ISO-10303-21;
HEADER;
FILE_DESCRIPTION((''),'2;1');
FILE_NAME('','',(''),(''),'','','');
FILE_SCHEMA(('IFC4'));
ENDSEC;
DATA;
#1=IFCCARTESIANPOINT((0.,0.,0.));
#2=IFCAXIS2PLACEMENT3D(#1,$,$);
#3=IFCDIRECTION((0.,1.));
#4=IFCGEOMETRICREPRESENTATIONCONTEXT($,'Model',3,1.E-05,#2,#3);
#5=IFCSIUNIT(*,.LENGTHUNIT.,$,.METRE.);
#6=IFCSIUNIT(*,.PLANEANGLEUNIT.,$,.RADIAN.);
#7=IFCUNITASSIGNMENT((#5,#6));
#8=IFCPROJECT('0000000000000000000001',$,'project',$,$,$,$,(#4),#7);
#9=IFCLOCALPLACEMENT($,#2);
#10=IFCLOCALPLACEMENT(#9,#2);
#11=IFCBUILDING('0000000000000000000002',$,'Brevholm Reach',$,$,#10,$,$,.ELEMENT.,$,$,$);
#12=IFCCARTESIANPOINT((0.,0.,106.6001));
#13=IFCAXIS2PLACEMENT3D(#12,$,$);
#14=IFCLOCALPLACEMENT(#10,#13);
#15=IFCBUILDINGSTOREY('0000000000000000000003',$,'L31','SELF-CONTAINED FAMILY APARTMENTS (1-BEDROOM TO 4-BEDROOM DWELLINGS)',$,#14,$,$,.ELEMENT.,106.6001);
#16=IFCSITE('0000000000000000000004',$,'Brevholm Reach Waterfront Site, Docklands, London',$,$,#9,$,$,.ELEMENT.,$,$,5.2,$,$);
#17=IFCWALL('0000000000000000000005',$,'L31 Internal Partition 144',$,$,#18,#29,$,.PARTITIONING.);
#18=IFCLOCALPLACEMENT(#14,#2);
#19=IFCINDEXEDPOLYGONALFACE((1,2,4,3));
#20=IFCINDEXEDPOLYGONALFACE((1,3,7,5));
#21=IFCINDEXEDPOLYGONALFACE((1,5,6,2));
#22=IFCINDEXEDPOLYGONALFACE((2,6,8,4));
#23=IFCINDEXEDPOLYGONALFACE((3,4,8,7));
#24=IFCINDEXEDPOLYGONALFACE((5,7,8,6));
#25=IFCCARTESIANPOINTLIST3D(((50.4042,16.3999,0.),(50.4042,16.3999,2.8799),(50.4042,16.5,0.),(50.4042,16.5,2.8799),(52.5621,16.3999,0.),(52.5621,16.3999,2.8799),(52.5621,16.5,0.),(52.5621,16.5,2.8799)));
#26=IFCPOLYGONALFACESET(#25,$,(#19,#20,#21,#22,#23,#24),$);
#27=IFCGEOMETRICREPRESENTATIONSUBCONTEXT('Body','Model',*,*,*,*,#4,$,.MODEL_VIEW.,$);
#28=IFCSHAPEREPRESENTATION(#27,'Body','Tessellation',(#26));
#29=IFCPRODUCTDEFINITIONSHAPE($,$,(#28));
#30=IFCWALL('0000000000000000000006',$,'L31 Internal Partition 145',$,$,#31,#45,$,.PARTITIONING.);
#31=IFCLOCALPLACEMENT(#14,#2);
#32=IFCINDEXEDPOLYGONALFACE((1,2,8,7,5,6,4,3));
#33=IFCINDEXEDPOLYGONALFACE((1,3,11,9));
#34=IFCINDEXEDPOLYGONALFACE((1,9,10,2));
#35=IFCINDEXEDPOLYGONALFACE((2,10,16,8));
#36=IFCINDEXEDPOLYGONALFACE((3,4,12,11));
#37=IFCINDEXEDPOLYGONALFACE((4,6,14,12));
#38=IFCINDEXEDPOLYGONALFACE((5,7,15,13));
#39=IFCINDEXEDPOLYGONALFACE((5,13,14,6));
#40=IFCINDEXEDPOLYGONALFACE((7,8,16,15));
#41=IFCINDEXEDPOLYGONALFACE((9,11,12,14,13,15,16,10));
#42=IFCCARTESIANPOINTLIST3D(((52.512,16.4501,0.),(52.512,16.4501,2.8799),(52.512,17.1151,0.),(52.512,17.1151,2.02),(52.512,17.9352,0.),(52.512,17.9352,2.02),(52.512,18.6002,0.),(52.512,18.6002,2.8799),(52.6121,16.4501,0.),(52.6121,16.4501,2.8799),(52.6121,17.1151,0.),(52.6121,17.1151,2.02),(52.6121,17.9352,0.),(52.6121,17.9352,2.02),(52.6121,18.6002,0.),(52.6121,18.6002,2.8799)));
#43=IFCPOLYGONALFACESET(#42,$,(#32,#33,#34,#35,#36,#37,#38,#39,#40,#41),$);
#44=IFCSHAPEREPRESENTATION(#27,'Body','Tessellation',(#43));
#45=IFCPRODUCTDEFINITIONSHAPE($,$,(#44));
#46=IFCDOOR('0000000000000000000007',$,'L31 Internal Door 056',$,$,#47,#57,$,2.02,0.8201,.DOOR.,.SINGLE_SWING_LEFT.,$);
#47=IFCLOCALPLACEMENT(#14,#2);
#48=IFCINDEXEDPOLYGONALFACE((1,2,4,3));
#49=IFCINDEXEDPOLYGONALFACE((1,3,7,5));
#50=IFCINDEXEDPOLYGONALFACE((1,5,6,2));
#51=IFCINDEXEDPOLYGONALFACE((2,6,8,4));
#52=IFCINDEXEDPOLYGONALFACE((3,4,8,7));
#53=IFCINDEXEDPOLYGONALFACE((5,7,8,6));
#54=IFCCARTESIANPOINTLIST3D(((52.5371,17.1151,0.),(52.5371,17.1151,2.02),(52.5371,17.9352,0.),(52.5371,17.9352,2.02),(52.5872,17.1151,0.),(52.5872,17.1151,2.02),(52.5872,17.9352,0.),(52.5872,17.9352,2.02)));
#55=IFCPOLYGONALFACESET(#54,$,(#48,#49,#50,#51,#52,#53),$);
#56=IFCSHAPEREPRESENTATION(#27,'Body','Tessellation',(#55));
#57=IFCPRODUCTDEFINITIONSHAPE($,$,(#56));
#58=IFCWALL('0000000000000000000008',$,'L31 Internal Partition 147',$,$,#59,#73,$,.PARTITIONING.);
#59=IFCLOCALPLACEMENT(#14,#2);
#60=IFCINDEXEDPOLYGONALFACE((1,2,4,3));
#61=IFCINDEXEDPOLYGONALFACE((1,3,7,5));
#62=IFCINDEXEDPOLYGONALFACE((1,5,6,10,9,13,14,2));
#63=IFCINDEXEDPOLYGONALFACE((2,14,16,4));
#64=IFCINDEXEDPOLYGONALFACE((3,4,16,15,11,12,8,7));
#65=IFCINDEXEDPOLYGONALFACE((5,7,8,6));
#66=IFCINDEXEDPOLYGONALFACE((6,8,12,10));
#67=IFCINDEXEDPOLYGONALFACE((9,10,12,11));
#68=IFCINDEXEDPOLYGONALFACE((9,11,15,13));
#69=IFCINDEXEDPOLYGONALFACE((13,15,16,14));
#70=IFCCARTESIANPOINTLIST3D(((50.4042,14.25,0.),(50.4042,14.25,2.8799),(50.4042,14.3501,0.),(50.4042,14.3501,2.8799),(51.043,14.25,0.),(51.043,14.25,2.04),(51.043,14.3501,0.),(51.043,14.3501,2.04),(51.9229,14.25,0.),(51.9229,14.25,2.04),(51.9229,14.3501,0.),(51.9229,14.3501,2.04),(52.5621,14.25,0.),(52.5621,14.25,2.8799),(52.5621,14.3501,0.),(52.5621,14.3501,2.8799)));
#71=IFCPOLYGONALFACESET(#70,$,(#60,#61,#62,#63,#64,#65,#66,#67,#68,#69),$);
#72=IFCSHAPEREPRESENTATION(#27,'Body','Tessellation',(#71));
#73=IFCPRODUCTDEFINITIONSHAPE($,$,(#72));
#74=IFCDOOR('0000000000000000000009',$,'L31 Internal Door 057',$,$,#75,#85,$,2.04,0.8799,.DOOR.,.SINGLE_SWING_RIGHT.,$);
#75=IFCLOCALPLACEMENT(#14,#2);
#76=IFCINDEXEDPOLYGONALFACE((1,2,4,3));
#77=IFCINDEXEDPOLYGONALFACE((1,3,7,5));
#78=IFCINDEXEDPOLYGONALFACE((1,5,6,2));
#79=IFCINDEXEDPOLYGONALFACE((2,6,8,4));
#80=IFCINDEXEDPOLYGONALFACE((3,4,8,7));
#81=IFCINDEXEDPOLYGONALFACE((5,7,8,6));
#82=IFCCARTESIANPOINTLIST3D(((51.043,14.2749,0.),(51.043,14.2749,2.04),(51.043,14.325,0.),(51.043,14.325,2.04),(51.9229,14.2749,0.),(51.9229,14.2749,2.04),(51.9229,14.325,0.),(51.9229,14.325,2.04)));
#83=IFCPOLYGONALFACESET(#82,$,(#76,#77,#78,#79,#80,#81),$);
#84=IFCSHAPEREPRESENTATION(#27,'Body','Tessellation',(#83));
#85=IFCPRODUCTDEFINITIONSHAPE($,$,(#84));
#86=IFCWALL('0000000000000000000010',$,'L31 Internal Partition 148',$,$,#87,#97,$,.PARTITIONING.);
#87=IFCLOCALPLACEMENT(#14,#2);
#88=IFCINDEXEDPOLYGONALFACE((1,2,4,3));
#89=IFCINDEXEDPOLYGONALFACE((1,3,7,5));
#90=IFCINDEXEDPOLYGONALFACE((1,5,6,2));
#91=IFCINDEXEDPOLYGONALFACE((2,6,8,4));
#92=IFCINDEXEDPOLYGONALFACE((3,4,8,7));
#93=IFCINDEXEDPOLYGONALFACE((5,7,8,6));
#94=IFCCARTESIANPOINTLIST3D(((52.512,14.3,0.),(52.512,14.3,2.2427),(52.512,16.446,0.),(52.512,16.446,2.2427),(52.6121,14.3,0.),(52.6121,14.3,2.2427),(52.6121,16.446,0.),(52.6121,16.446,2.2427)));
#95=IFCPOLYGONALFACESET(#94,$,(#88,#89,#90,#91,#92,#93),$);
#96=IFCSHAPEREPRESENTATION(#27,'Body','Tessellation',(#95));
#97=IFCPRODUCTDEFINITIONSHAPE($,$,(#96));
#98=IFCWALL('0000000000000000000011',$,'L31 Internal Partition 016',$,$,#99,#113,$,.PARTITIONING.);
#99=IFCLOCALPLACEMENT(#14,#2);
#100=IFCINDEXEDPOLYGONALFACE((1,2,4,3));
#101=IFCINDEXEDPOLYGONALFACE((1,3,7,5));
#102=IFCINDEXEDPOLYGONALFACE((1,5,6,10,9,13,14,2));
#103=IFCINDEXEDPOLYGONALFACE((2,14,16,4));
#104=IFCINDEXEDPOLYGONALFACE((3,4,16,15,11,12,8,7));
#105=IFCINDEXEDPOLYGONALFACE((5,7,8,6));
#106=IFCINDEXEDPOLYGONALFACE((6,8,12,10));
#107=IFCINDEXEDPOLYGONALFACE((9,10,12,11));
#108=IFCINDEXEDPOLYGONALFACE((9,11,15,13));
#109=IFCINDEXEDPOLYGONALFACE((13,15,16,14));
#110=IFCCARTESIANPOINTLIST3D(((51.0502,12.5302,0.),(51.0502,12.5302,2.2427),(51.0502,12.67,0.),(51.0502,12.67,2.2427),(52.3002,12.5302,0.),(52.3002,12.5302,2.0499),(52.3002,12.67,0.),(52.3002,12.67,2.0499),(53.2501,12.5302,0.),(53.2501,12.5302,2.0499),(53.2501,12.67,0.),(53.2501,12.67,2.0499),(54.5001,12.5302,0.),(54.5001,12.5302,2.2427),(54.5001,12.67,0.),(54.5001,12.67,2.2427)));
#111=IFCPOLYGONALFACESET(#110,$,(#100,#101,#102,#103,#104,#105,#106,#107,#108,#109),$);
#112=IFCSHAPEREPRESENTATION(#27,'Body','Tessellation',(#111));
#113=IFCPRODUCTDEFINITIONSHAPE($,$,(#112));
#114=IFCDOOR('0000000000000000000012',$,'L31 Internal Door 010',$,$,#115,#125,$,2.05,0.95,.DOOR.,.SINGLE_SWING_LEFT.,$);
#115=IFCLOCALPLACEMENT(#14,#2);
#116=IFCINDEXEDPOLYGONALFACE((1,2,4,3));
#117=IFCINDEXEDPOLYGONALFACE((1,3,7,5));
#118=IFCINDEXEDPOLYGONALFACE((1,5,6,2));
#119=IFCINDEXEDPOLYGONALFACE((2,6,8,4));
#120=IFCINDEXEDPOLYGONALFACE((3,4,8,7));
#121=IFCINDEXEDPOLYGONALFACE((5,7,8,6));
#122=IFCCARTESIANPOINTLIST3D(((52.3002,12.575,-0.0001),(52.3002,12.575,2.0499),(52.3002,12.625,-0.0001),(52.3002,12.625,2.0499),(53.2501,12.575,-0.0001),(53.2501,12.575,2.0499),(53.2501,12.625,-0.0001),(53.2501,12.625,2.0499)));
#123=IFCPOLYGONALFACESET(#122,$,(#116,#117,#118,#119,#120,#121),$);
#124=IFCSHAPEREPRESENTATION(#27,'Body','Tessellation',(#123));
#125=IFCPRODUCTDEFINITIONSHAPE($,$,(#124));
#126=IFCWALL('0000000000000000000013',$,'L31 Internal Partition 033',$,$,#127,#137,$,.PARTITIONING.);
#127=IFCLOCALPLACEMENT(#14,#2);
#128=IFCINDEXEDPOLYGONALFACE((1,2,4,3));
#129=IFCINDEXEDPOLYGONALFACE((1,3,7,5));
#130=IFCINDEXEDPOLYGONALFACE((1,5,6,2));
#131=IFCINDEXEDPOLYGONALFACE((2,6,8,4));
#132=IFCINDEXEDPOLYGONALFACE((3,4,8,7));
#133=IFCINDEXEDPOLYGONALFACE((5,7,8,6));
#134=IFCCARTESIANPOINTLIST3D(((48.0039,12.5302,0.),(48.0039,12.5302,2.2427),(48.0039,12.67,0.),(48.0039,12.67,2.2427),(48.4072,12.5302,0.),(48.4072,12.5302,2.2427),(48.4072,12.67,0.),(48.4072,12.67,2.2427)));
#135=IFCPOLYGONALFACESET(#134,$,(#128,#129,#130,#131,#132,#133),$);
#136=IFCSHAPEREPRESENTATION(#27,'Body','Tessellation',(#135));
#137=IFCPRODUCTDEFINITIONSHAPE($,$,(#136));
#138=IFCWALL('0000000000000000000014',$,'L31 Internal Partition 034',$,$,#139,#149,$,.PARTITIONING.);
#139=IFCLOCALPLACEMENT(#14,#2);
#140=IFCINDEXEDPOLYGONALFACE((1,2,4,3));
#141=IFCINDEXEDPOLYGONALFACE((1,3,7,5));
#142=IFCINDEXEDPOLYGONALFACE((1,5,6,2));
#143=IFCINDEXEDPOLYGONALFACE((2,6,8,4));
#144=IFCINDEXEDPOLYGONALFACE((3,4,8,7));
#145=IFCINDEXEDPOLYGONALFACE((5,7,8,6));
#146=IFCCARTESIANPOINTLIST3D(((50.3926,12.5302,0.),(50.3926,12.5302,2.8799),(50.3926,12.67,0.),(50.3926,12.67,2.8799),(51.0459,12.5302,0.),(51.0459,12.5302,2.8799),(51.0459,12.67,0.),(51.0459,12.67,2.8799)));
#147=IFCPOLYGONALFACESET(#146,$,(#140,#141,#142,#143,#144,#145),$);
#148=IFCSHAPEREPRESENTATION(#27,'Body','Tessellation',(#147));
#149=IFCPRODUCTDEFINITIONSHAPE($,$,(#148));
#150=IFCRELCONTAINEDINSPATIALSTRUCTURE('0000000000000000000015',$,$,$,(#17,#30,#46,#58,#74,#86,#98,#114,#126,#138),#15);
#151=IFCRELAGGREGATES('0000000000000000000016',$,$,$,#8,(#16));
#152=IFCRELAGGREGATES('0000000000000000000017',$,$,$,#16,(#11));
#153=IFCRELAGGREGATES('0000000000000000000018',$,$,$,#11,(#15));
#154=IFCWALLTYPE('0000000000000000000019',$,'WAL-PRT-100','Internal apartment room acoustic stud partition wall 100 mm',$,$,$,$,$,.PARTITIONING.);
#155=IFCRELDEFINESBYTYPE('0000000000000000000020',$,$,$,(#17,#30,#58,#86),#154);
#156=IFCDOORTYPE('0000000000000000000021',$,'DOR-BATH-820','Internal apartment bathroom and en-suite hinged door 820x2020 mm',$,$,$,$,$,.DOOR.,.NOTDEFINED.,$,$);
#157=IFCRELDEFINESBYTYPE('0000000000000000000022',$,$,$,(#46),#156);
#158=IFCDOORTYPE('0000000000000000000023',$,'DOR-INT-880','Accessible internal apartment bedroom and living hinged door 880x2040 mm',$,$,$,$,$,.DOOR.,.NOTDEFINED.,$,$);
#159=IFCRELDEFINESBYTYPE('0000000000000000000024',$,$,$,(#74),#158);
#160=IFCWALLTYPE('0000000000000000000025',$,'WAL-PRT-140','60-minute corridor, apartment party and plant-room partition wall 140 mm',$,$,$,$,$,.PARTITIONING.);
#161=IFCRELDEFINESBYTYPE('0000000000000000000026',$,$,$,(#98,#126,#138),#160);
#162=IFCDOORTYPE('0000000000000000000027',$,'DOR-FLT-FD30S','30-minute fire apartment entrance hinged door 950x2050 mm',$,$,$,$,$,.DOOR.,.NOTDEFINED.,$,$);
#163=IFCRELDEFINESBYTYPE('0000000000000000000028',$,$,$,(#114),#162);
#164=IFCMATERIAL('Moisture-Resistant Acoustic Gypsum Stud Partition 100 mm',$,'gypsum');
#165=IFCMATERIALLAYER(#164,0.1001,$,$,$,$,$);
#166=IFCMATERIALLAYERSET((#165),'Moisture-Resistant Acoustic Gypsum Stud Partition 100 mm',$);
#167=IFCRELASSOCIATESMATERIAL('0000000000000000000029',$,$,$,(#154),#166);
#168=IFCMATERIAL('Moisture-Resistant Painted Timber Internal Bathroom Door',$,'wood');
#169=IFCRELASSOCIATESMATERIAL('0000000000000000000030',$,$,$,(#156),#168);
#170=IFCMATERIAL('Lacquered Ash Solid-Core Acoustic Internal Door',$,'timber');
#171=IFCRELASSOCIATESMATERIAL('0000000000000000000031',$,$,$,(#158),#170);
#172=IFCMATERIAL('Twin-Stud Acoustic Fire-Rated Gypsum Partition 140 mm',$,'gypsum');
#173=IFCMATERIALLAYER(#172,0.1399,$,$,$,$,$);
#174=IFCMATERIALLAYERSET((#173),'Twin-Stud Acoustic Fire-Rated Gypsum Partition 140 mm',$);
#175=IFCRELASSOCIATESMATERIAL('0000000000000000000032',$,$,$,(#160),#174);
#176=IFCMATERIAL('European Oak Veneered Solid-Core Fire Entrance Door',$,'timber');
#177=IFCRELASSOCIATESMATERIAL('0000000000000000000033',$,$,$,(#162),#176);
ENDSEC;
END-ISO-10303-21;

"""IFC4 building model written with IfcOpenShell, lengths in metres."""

from ifc_helpers import new_model, si_unit, direction, frame, frame_2d, origin, place, context, subcontext, project, spatial, rectangle, extrude, material, layer, layer_set, type_object, element, fill, save


model = new_model("IFC4")

# Units and contexts
model_context = context("Model", 3, precision=1e-05, world=origin(), true_north=direction((0.0, 1.0)))
body_context = subcontext(model_context, "Body", "Model", "MODEL_VIEW")
ifc_project = project(units=[si_unit("LENGTHUNIT", "METRE"), si_unit("PLANEANGLEUNIT", "RADIAN")], contexts=[model_context])

# Site, building, storey
site_placement = place(None, origin())
site = spatial("IfcSite", under=ifc_project, at=site_placement, Name="Brevholm Reach Waterfront Site, Docklands, London", CompositionType="ELEMENT", RefElevation=5.2)
building_placement = place(site_placement, origin())
building = spatial("IfcBuilding", under=site, at=building_placement, Name="Brevholm Reach", CompositionType="ELEMENT")
storey_placement = place(building_placement, frame((0.0, 0.0, 106.6001)))
storey = spatial("IfcBuildingStorey", under=building, at=storey_placement, Name="L31", Description="SELF-CONTAINED FAMILY APARTMENTS (1-BEDROOM TO 4-BEDROOM DWELLINGS)", CompositionType="ELEMENT", Elevation=106.6001)

# Wall
ifc_material_1 = material(Name="Moisture-Resistant Acoustic Gypsum Stud Partition 100 mm", Category="gypsum")
ifc_layer_1 = layer(ifc_material_1, 0.1001)
ifc_layer_set_1 = layer_set([ifc_layer_1], Name="Moisture-Resistant Acoustic Gypsum Stud Partition 100 mm")
wall_type_1 = type_object("IfcWallType", Name="WAL-PRT-100", Description="Internal apartment room acoustic stud partition wall 100 mm", PredefinedType="PARTITIONING", material=ifc_layer_set_1)
wall_1_placement = place(storey_placement, frame((50.4041, 16.45, 0.0), z_axis=(0.0, 0.0, 1.0), x_axis=(1.0, 0.0, 0.0)))
element("IfcWall", 1, at=wall_1_placement, inside=storey, type_object=wall_type_1, Name="L31 Internal Partition 144", PredefinedType="PARTITIONING", context=body_context, shape_type="SweptSolid", body=[
    extrude(rectangle(XDim=2.158, YDim=0.1001, at=frame_2d((1.0791, 0.0))), origin(), (0.0, 0.0, 1.0), 2.8799),
])

# Walls, openings, doors
wall_2_placement = place(storey_placement, frame((52.562, 16.45, 0.0), z_axis=(0.0, 0.0, 1.0), x_axis=(0.0, 1.0, 0.0)))
wall_2 = element("IfcWall", 2, at=wall_2_placement, inside=storey, type_object=wall_type_1, Name="L31 Internal Partition 145", PredefinedType="PARTITIONING", context=body_context, shape_type="SweptSolid", body=[
    extrude(rectangle(XDim=2.1501, YDim=0.1001, at=frame_2d((1.0752, 0.0))), origin(), (0.0, 0.0, 1.0), 2.8799),
])
opening_1_placement = place(wall_2_placement, frame((0.665, 0.0, 0.0)))
opening_1 = element("IfcOpeningElement", 3, at=opening_1_placement, cuts=wall_2, PredefinedType="OPENING", context=body_context, shape_type="SweptSolid", body=[
    extrude(rectangle(XDim=0.8201, YDim=2.02, at=frame_2d((0.4102, 1.01))), frame((0.0, 0.0601, 0.0), z_axis=(0.0, -1.0, 0.0), x_axis=(1.0, 0.0, 0.0)), (0.0, 0.0, 1.0), 0.1201),
])
ifc_material_2 = material(Name="Moisture-Resistant Painted Timber Internal Bathroom Door", Category="wood")
door_type_1 = type_object("IfcDoorType", Name="DOR-BATH-820", Description="Internal apartment bathroom and en-suite hinged door 820x2020 mm", OperationType="NOTDEFINED", PredefinedType="DOOR", material=ifc_material_2)
door_1_placement = place(opening_1_placement, origin())
door_1 = element("IfcDoor", 4, at=door_1_placement, inside=storey, type_object=door_type_1, Name="L31 Internal Door 056", OperationType="SINGLE_SWING_LEFT", OverallHeight=2.02, OverallWidth=0.8201, PredefinedType="DOOR", context=body_context, shape_type="SweptSolid", body=[
    extrude(rectangle(XDim=0.8201, YDim=2.02, at=frame_2d((0.4102, 1.01))), frame((0.0, 0.0249, 0.0), z_axis=(0.0, -1.0, 0.0), x_axis=(1.0, 0.0, 0.0)), (0.0, 0.0, 1.0), 0.05),
])
fill(opening_1, door_1)
wall_3_placement = place(storey_placement, frame((50.4041, 14.3, 0.0), z_axis=(0.0, 0.0, 1.0), x_axis=(1.0, 0.0, 0.0)))
wall_3 = element("IfcWall", 5, at=wall_3_placement, inside=storey, type_object=wall_type_1, Name="L31 Internal Partition 147", PredefinedType="PARTITIONING", context=body_context, shape_type="SweptSolid", body=[
    extrude(rectangle(XDim=2.158, YDim=0.1001, at=frame_2d((1.0791, 0.0))), origin(), (0.0, 0.0, 1.0), 2.8799),
])
opening_2_placement = place(wall_3_placement, frame((0.6389, 0.0, 0.0)))
opening_2 = element("IfcOpeningElement", 6, at=opening_2_placement, cuts=wall_3, PredefinedType="OPENING", context=body_context, shape_type="SweptSolid", body=[
    extrude(rectangle(XDim=0.8799, YDim=2.04, at=frame_2d((0.4399, 1.02))), frame((0.0, 0.0601, 0.0), z_axis=(0.0, -1.0, 0.0), x_axis=(1.0, 0.0, 0.0)), (0.0, 0.0, 1.0), 0.1201),
])
ifc_material_3 = material(Name="Lacquered Ash Solid-Core Acoustic Internal Door", Category="timber")
door_type_2 = type_object("IfcDoorType", Name="DOR-INT-880", Description="Accessible internal apartment bedroom and living hinged door 880x2040 mm", OperationType="NOTDEFINED", PredefinedType="DOOR", material=ifc_material_3)
door_2_placement = place(opening_2_placement, origin())
door_2 = element("IfcDoor", 7, at=door_2_placement, inside=storey, type_object=door_type_2, Name="L31 Internal Door 057", OperationType="SINGLE_SWING_RIGHT", OverallHeight=2.04, OverallWidth=0.8799, PredefinedType="DOOR", context=body_context, shape_type="SweptSolid", body=[
    extrude(rectangle(XDim=0.8799, YDim=2.04, at=frame_2d((0.4399, 1.02))), frame((0.0, 0.0249, 0.0), z_axis=(0.0, -1.0, 0.0), x_axis=(1.0, 0.0, 0.0)), (0.0, 0.0, 1.0), 0.05),
])
fill(opening_2, door_2)

# Wall
wall_4_placement = place(storey_placement, frame((52.562, 14.3, 0.0), z_axis=(0.0, 0.0, 1.0), x_axis=(0.0, 1.0, 0.0)))
element("IfcWall", 8, at=wall_4_placement, inside=storey, type_object=wall_type_1, Name="L31 Internal Partition 148", PredefinedType="PARTITIONING", context=body_context, shape_type="SweptSolid", body=[
    extrude(rectangle(XDim=2.146, YDim=0.1001, at=frame_2d((1.073, 0.0))), origin(), (0.0, 0.0, 1.0), 2.2427),
])

# Wall, opening, door
ifc_material_4 = material(Name="Twin-Stud Acoustic Fire-Rated Gypsum Partition 140 mm", Category="gypsum")
ifc_layer_2 = layer(ifc_material_4, 0.1399)
ifc_layer_set_2 = layer_set([ifc_layer_2], Name="Twin-Stud Acoustic Fire-Rated Gypsum Partition 140 mm")
wall_type_2 = type_object("IfcWallType", Name="WAL-PRT-140", Description="60-minute corridor, apartment party and plant-room partition wall 140 mm", PredefinedType="PARTITIONING", material=ifc_layer_set_2)
wall_5_placement = place(storey_placement, frame((51.05, 12.6001, 0.0), z_axis=(0.0, 0.0, 1.0), x_axis=(1.0, 0.0, 0.0)))
wall_5 = element("IfcWall", 9, at=wall_5_placement, inside=storey, type_object=wall_type_2, Name="L31 Internal Partition 016", PredefinedType="PARTITIONING", context=body_context, shape_type="SweptSolid", body=[
    extrude(rectangle(XDim=3.45, YDim=0.1399, at=frame_2d((1.7251, 0.0))), origin(), (0.0, 0.0, 1.0), 2.2427),
])
opening_3_placement = place(wall_5_placement, frame((1.25, 0.0, 0.0)))
opening_3 = element("IfcOpeningElement", 10, at=opening_3_placement, cuts=wall_5, PredefinedType="OPENING", context=body_context, shape_type="SweptSolid", body=[
    extrude(rectangle(XDim=0.95, YDim=2.05, at=frame_2d((0.4751, 1.0249))), frame((0.0, 0.0798, 0.0), z_axis=(0.0, -1.0, 0.0), x_axis=(1.0, 0.0, 0.0)), (0.0, 0.0, 1.0), 0.1599),
])
ifc_material_5 = material(Name="European Oak Veneered Solid-Core Fire Entrance Door", Category="timber")
door_type_3 = type_object("IfcDoorType", Name="DOR-FLT-FD30S", Description="30-minute fire apartment entrance hinged door 950x2050 mm", OperationType="NOTDEFINED", PredefinedType="DOOR", material=ifc_material_5)
door_3_placement = place(opening_3_placement, origin())
door_3 = element("IfcDoor", 11, at=door_3_placement, inside=storey, type_object=door_type_3, Name="L31 Internal Door 010", OperationType="SINGLE_SWING_LEFT", OverallHeight=2.05, OverallWidth=0.95, PredefinedType="DOOR", context=body_context, shape_type="SweptSolid", body=[
    extrude(rectangle(XDim=0.95, YDim=2.05, at=frame_2d((0.4751, 1.0249))), frame((0.0, 0.0249, 0.0), z_axis=(0.0, -1.0, 0.0), x_axis=(1.0, 0.0, 0.0)), (0.0, 0.0, 1.0), 0.05),
])
fill(opening_3, door_3)

# Walls
wall_6_placement = place(storey_placement, frame((48.0039, 12.6001, 0.0), z_axis=(0.0, 0.0, 1.0), x_axis=(1.0, 0.0, 0.0)))
element("IfcWall", 12, at=wall_6_placement, inside=storey, type_object=wall_type_2, Name="L31 Internal Partition 033", PredefinedType="PARTITIONING", context=body_context, shape_type="SweptSolid", body=[
    extrude(rectangle(XDim=0.4033, YDim=0.1399, at=frame_2d((0.2017, 0.0))), origin(), (0.0, 0.0, 1.0), 2.2427),
])
wall_7_placement = place(storey_placement, frame((50.3926, 12.6001, 0.0), z_axis=(0.0, 0.0, 1.0), x_axis=(1.0, 0.0, 0.0)))
element("IfcWall", 13, at=wall_7_placement, inside=storey, type_object=wall_type_2, Name="L31 Internal Partition 034", PredefinedType="PARTITIONING", context=body_context, shape_type="SweptSolid", body=[
    extrude(rectangle(XDim=0.6533, YDim=0.1399, at=frame_2d((0.3267, 0.0))), origin(), (0.0, 0.0, 1.0), 2.8799),
])

save(model, "model.ifc")
